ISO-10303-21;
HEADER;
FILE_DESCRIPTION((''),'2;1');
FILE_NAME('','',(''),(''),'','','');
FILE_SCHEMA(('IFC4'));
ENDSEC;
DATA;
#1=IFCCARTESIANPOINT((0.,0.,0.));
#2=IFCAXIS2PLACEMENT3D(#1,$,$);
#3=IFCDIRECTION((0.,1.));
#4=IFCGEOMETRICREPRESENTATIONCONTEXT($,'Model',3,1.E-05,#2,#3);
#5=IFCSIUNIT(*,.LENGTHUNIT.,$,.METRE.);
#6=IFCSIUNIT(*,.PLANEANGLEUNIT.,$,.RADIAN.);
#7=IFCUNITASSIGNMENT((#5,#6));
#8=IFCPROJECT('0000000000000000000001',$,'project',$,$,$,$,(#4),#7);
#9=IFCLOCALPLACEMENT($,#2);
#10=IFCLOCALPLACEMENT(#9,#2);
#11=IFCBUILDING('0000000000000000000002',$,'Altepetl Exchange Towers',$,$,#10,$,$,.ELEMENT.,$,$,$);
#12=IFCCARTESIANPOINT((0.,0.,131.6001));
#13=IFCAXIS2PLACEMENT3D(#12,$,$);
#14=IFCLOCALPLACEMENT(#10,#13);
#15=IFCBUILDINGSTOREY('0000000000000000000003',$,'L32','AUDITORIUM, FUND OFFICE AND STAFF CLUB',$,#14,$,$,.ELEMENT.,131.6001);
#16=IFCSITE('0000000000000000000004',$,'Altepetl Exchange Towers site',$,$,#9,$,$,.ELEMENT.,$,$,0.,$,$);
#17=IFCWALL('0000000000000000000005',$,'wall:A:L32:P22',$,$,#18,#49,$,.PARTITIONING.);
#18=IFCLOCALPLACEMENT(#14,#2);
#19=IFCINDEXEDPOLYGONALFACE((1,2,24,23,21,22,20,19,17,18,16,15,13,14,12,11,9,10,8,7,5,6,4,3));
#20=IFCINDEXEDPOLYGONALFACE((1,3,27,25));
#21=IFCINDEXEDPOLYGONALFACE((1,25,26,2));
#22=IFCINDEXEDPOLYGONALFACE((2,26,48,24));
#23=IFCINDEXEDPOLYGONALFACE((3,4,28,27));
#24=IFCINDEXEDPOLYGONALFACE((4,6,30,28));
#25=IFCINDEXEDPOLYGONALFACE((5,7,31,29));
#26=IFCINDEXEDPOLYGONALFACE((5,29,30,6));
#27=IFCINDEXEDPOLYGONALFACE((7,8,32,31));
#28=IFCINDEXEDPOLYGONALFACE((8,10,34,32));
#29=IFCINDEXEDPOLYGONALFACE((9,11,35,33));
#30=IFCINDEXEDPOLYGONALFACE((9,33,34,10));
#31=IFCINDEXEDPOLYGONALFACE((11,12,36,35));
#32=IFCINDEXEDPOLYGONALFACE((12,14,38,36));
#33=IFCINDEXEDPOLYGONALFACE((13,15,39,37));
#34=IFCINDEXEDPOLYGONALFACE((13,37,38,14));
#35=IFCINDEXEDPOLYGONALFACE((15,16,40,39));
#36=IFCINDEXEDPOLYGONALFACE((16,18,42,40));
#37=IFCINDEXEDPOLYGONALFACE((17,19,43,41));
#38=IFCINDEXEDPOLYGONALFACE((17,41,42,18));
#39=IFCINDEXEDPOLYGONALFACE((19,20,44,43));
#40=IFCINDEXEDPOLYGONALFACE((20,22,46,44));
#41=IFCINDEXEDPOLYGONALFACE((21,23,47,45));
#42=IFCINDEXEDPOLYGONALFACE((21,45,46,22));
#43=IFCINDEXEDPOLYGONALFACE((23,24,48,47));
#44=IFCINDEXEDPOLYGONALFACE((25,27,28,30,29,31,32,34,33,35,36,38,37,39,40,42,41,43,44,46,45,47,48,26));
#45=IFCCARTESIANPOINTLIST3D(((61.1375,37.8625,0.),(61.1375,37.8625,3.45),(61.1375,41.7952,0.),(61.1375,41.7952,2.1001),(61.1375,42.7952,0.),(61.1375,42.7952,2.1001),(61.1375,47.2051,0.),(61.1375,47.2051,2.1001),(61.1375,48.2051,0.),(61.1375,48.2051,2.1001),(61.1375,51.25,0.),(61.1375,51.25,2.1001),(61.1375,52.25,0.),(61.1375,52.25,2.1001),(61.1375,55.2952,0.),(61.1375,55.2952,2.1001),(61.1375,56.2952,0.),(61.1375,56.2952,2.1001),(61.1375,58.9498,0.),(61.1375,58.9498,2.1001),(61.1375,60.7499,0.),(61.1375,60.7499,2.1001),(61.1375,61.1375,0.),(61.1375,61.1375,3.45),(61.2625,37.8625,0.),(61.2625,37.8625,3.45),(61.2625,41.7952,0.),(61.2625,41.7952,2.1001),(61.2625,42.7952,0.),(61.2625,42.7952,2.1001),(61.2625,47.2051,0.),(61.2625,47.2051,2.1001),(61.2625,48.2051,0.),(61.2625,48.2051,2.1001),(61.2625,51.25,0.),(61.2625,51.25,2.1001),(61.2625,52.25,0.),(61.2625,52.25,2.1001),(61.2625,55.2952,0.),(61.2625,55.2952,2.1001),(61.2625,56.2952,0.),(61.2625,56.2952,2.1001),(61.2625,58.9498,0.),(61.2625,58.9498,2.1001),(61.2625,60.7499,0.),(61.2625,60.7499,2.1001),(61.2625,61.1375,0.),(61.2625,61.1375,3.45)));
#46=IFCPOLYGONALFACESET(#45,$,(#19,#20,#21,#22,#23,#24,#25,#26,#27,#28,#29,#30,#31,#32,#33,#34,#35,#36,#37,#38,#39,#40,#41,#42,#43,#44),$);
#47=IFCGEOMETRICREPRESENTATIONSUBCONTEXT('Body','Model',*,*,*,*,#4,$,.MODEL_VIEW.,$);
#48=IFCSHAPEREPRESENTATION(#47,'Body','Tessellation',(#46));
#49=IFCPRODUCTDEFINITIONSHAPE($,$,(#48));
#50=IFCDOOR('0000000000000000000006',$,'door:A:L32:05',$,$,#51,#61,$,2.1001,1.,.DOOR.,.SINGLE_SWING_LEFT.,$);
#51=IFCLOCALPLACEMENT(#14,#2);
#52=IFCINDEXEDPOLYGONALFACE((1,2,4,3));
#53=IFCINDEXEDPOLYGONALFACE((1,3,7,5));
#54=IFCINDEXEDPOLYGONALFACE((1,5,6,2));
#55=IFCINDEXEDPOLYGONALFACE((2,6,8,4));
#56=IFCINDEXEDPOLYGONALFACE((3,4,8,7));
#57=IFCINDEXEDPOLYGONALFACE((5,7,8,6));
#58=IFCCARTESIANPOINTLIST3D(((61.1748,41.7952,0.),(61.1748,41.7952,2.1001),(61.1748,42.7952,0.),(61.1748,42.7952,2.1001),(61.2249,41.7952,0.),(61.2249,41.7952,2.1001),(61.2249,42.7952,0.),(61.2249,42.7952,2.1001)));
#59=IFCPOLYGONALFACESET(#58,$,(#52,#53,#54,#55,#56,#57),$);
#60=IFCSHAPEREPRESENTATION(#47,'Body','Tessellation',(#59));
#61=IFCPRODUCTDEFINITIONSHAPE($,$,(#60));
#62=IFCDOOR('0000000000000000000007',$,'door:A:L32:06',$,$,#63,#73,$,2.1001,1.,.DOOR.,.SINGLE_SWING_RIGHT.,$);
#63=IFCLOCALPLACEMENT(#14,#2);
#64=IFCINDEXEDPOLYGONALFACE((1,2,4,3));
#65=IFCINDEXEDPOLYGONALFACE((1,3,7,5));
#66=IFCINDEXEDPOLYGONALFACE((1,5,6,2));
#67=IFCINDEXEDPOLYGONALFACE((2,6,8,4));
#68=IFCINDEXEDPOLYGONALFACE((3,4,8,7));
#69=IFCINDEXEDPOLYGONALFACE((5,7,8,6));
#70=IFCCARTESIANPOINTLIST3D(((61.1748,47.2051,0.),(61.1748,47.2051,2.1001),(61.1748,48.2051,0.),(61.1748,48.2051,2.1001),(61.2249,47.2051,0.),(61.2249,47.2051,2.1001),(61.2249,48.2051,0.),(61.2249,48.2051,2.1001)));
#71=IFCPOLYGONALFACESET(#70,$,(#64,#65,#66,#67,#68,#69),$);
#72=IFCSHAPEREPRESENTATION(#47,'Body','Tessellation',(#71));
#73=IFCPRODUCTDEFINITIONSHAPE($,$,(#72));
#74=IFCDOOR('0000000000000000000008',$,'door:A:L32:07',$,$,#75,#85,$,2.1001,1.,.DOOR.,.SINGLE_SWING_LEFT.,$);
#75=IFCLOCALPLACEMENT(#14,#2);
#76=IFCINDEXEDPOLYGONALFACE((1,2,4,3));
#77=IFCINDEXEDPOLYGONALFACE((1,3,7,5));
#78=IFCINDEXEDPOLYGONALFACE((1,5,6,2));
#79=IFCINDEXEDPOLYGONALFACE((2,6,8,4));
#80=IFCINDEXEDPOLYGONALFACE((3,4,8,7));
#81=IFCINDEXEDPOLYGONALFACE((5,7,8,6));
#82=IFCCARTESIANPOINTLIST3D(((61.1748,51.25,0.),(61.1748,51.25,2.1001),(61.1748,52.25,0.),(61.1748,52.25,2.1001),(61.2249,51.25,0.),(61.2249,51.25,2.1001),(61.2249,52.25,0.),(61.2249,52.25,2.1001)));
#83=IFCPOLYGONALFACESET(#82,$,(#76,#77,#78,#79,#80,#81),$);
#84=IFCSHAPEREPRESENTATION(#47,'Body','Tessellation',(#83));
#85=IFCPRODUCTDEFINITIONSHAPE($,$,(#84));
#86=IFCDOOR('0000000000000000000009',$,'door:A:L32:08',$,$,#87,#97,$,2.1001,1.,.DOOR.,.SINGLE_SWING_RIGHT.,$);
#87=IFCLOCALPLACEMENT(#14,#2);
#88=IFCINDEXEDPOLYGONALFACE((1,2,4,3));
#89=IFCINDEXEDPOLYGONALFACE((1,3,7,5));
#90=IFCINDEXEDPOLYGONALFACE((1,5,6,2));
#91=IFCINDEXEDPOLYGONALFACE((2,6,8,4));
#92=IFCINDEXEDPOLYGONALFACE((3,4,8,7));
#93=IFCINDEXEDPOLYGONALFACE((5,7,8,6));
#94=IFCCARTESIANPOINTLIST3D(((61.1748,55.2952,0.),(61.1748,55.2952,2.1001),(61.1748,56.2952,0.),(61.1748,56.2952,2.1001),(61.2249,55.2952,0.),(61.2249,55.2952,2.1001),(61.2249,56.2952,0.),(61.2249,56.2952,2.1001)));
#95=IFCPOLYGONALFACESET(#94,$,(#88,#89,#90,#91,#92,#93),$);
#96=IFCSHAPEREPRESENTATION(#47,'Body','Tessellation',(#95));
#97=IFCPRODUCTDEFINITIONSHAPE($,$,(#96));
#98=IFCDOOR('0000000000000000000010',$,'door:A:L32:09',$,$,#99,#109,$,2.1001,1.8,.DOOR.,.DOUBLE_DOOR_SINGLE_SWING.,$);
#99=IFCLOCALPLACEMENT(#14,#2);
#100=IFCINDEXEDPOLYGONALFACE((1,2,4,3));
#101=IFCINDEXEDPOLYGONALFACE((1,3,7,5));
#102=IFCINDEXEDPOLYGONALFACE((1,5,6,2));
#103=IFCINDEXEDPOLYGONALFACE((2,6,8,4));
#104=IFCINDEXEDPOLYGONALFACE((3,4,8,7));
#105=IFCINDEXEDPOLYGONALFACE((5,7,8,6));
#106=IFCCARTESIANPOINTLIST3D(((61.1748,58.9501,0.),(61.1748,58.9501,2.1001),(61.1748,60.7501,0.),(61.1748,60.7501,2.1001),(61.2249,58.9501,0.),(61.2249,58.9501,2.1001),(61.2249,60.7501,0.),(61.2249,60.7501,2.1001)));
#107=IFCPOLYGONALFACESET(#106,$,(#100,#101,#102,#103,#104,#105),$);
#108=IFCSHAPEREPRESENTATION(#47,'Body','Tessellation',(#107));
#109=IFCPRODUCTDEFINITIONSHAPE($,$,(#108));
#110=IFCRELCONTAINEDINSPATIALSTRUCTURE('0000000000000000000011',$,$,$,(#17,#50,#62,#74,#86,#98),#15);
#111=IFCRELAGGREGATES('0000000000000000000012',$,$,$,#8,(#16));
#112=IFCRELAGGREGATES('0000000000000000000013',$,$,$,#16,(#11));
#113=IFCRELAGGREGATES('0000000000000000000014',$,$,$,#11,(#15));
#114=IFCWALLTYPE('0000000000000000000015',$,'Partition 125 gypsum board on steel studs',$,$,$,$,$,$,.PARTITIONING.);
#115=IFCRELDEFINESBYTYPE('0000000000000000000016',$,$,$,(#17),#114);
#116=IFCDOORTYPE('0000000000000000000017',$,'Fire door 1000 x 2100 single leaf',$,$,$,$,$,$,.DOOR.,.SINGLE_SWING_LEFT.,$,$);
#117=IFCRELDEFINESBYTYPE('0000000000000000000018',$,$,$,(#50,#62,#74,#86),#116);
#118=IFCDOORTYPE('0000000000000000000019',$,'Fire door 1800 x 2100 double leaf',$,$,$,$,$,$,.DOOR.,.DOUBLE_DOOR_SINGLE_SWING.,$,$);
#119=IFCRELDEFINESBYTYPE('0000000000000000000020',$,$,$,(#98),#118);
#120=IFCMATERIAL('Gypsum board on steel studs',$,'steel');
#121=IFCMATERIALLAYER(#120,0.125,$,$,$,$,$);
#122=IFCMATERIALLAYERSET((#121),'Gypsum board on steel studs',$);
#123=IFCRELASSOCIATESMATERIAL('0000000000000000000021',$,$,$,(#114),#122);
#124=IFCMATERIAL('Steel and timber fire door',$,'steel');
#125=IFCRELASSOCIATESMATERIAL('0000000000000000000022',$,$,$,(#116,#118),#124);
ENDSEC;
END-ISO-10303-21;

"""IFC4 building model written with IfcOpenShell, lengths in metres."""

from ifc_helpers import new_model, si_unit, direction, frame, frame_2d, origin, place, context, subcontext, project, spatial, rectangle, extrude, material, layer, layer_set, type_object, element, fill, save


model = new_model("IFC4")

# Units and contexts
model_context = context("Model", 3, precision=1e-05, world=origin(), true_north=direction((0.0, 1.0)))
body_context = subcontext(model_context, "Body", "Model", "MODEL_VIEW")
ifc_project = project(units=[si_unit("LENGTHUNIT", "METRE"), si_unit("PLANEANGLEUNIT", "RADIAN")], contexts=[model_context])

# Site, building, storey
site_placement = place(None, origin())
site = spatial("IfcSite", under=ifc_project, at=site_placement, Name="Altepetl Exchange Towers site", CompositionType="ELEMENT", RefElevation=0.0)
building_placement = place(site_placement, origin())
building = spatial("IfcBuilding", under=site, at=building_placement, Name="Altepetl Exchange Towers", CompositionType="ELEMENT")
storey_placement = place(building_placement, frame((0.0, 0.0, 131.6001)))
storey = spatial("IfcBuildingStorey", under=building, at=storey_placement, Name="L32", Description="AUDITORIUM, FUND OFFICE AND STAFF CLUB", CompositionType="ELEMENT", Elevation=131.6001)

# Shared definitions
ifc_material_1 = material(Name="Gypsum board on steel studs", Category="steel")
ifc_layer_1 = layer(ifc_material_1, 0.125)
ifc_layer_set_1 = layer_set([ifc_layer_1], Name="Gypsum board on steel studs")
wall_type = type_object("IfcWallType", Name="Partition 125 gypsum board on steel studs", PredefinedType="PARTITIONING", material=ifc_layer_set_1)

# Shared definitions
ifc_material_2 = material(Name="Steel and timber fire door", Category="steel")
door_type_1 = type_object("IfcDoorType", Name="Fire door 1000 x 2100 single leaf", OperationType="SINGLE_SWING_LEFT", PredefinedType="DOOR", material=ifc_material_2)

# Wall, openings, doors
wall_1_placement = place(storey_placement, frame((61.2, 37.8625, 0.0), z_axis=(0.0, 0.0, 1.0), x_axis=(0.0, 1.0, 0.0)))
wall_1 = element("IfcWall", 1, at=wall_1_placement, inside=storey, type_object=wall_type, Name="wall:A:L32:P22", PredefinedType="PARTITIONING", context=body_context, shape_type="SweptSolid", body=[
    extrude(rectangle(XDim=23.2749, YDim=0.125, at=frame_2d((11.6375, 0.0))), origin(), (0.0, 0.0, 1.0), 3.45),
])
opening_1_placement = place(wall_1_placement, frame((3.9326, 0.0, 0.0)))
opening_1 = element("IfcOpeningElement", 2, at=opening_1_placement, cuts=wall_1, PredefinedType="OPENING", context=body_context, shape_type="SweptSolid", body=[
    extrude(rectangle(XDim=1.0, YDim=2.1001, at=frame_2d((0.5, 1.05))), frame((0.0, 0.0725, 0.0), z_axis=(0.0, -1.0, 0.0), x_axis=(1.0, 0.0, 0.0)), (0.0, 0.0, 1.0), 0.145),
])
opening_2_placement = place(wall_1_placement, frame((9.3425, 0.0, 0.0)))
opening_2 = element("IfcOpeningElement", 3, at=opening_2_placement, cuts=wall_1, PredefinedType="OPENING", context=body_context, shape_type="SweptSolid", body=[
    extrude(rectangle(XDim=1.0, YDim=2.1001, at=frame_2d((0.5, 1.05))), frame((0.0, 0.0725, 0.0), z_axis=(0.0, -1.0, 0.0), x_axis=(1.0, 0.0, 0.0)), (0.0, 0.0, 1.0), 0.145),
])
opening_3_placement = place(wall_1_placement, frame((13.3875, 0.0, 0.0)))
opening_3 = element("IfcOpeningElement", 4, at=opening_3_placement, cuts=wall_1, PredefinedType="OPENING", context=body_context, shape_type="SweptSolid", body=[
    extrude(rectangle(XDim=1.0, YDim=2.1001, at=frame_2d((0.5, 1.05))), frame((0.0, 0.0725, 0.0), z_axis=(0.0, -1.0, 0.0), x_axis=(1.0, 0.0, 0.0)), (0.0, 0.0, 1.0), 0.145),
])
opening_4_placement = place(wall_1_placement, frame((17.4326, 0.0, 0.0)))
opening_4 = element("IfcOpeningElement", 5, at=opening_4_placement, cuts=wall_1, PredefinedType="OPENING", context=body_context, shape_type="SweptSolid", body=[
    extrude(rectangle(XDim=1.0, YDim=2.1001, at=frame_2d((0.5, 1.05))), frame((0.0, 0.0725, 0.0), z_axis=(0.0, -1.0, 0.0), x_axis=(1.0, 0.0, 0.0)), (0.0, 0.0, 1.0), 0.145),
])
opening_5_placement = place(wall_1_placement, frame((21.0874, 0.0, 0.0)))
opening_5 = element("IfcOpeningElement", 6, at=opening_5_placement, cuts=wall_1, PredefinedType="OPENING", context=body_context, shape_type="SweptSolid", body=[
    extrude(rectangle(XDim=1.8, YDim=2.1001, at=frame_2d((0.8999, 1.05))), frame((0.0, 0.0725, 0.0), z_axis=(0.0, -1.0, 0.0), x_axis=(1.0, 0.0, 0.0)), (0.0, 0.0, 1.0), 0.145),
])
door_1_placement = place(opening_1_placement, frame((1.0, 0.0, 0.0), x_axis=(-1.0, 0.0, 0.0)))
door_1 = element("IfcDoor", 7, at=door_1_placement, inside=storey, type_object=door_type_1, Name="door:A:L32:05", OperationType="SINGLE_SWING_LEFT", OverallHeight=2.1001, OverallWidth=1.0, PredefinedType="DOOR", context=body_context, shape_type="SweptSolid", body=[
    extrude(rectangle(XDim=1.0, YDim=2.1001, at=frame_2d((0.5, 1.05))), frame((0.0, 0.0249, 0.0), z_axis=(0.0, -1.0, 0.0), x_axis=(1.0, 0.0, 0.0)), (0.0, 0.0, 1.0), 0.05),
])
fill(opening_1, door_1)
door_2_placement = place(opening_2_placement, frame((1.0, 0.0, 0.0), x_axis=(-1.0, 0.0, 0.0)))
door_2 = element("IfcDoor", 8, at=door_2_placement, inside=storey, type_object=door_type_1, Name="door:A:L32:06", OperationType="SINGLE_SWING_RIGHT", OverallHeight=2.1001, OverallWidth=1.0, PredefinedType="DOOR", context=body_context, shape_type="SweptSolid", body=[
    extrude(rectangle(XDim=1.0, YDim=2.1001, at=frame_2d((0.5, 1.05))), frame((0.0, 0.0249, 0.0), z_axis=(0.0, -1.0, 0.0), x_axis=(1.0, 0.0, 0.0)), (0.0, 0.0, 1.0), 0.05),
])
fill(opening_2, door_2)
door_3_placement = place(opening_3_placement, frame((1.0, 0.0, 0.0), x_axis=(-1.0, 0.0, 0.0)))
door_3 = element("IfcDoor", 9, at=door_3_placement, inside=storey, type_object=door_type_1, Name="door:A:L32:07", OperationType="SINGLE_SWING_LEFT", OverallHeight=2.1001, OverallWidth=1.0, PredefinedType="DOOR", context=body_context, shape_type="SweptSolid", body=[
    extrude(rectangle(XDim=1.0, YDim=2.1001, at=frame_2d((0.5, 1.05))), frame((0.0, 0.0249, 0.0), z_axis=(0.0, -1.0, 0.0), x_axis=(1.0, 0.0, 0.0)), (0.0, 0.0, 1.0), 0.05),
])
fill(opening_3, door_3)
door_4_placement = place(opening_4_placement, frame((1.0, 0.0, 0.0), x_axis=(-1.0, 0.0, 0.0)))
door_4 = element("IfcDoor", 10, at=door_4_placement, inside=storey, type_object=door_type_1, Name="door:A:L32:08", OperationType="SINGLE_SWING_RIGHT", OverallHeight=2.1001, OverallWidth=1.0, PredefinedType="DOOR", context=body_context, shape_type="SweptSolid", body=[
    extrude(rectangle(XDim=1.0, YDim=2.1001, at=frame_2d((0.5, 1.05))), frame((0.0, 0.0249, 0.0), z_axis=(0.0, -1.0, 0.0), x_axis=(1.0, 0.0, 0.0)), (0.0, 0.0, 1.0), 0.05),
])
fill(opening_4, door_4)
door_type_2 = type_object("IfcDoorType", Name="Fire door 1800 x 2100 double leaf", OperationType="DOUBLE_DOOR_SINGLE_SWING", PredefinedType="DOOR", material=ifc_material_2)
door_5_placement = place(opening_5_placement, frame((1.8, 0.0, 0.0), x_axis=(-1.0, 0.0, 0.0)))
door_5 = element("IfcDoor", 11, at=door_5_placement, inside=storey, type_object=door_type_2, Name="door:A:L32:09", OperationType="DOUBLE_DOOR_SINGLE_SWING", OverallHeight=2.1001, OverallWidth=1.8, PredefinedType="DOOR", context=body_context, shape_type="SweptSolid", body=[
    extrude(rectangle(XDim=1.8, YDim=2.1001, at=frame_2d((0.8999, 1.05))), frame((0.0, 0.0249, 0.0), z_axis=(0.0, -1.0, 0.0), x_axis=(1.0, 0.0, 0.0)), (0.0, 0.0, 1.0), 0.05),
])
fill(opening_5, door_5)

save(model, "model.ifc")
